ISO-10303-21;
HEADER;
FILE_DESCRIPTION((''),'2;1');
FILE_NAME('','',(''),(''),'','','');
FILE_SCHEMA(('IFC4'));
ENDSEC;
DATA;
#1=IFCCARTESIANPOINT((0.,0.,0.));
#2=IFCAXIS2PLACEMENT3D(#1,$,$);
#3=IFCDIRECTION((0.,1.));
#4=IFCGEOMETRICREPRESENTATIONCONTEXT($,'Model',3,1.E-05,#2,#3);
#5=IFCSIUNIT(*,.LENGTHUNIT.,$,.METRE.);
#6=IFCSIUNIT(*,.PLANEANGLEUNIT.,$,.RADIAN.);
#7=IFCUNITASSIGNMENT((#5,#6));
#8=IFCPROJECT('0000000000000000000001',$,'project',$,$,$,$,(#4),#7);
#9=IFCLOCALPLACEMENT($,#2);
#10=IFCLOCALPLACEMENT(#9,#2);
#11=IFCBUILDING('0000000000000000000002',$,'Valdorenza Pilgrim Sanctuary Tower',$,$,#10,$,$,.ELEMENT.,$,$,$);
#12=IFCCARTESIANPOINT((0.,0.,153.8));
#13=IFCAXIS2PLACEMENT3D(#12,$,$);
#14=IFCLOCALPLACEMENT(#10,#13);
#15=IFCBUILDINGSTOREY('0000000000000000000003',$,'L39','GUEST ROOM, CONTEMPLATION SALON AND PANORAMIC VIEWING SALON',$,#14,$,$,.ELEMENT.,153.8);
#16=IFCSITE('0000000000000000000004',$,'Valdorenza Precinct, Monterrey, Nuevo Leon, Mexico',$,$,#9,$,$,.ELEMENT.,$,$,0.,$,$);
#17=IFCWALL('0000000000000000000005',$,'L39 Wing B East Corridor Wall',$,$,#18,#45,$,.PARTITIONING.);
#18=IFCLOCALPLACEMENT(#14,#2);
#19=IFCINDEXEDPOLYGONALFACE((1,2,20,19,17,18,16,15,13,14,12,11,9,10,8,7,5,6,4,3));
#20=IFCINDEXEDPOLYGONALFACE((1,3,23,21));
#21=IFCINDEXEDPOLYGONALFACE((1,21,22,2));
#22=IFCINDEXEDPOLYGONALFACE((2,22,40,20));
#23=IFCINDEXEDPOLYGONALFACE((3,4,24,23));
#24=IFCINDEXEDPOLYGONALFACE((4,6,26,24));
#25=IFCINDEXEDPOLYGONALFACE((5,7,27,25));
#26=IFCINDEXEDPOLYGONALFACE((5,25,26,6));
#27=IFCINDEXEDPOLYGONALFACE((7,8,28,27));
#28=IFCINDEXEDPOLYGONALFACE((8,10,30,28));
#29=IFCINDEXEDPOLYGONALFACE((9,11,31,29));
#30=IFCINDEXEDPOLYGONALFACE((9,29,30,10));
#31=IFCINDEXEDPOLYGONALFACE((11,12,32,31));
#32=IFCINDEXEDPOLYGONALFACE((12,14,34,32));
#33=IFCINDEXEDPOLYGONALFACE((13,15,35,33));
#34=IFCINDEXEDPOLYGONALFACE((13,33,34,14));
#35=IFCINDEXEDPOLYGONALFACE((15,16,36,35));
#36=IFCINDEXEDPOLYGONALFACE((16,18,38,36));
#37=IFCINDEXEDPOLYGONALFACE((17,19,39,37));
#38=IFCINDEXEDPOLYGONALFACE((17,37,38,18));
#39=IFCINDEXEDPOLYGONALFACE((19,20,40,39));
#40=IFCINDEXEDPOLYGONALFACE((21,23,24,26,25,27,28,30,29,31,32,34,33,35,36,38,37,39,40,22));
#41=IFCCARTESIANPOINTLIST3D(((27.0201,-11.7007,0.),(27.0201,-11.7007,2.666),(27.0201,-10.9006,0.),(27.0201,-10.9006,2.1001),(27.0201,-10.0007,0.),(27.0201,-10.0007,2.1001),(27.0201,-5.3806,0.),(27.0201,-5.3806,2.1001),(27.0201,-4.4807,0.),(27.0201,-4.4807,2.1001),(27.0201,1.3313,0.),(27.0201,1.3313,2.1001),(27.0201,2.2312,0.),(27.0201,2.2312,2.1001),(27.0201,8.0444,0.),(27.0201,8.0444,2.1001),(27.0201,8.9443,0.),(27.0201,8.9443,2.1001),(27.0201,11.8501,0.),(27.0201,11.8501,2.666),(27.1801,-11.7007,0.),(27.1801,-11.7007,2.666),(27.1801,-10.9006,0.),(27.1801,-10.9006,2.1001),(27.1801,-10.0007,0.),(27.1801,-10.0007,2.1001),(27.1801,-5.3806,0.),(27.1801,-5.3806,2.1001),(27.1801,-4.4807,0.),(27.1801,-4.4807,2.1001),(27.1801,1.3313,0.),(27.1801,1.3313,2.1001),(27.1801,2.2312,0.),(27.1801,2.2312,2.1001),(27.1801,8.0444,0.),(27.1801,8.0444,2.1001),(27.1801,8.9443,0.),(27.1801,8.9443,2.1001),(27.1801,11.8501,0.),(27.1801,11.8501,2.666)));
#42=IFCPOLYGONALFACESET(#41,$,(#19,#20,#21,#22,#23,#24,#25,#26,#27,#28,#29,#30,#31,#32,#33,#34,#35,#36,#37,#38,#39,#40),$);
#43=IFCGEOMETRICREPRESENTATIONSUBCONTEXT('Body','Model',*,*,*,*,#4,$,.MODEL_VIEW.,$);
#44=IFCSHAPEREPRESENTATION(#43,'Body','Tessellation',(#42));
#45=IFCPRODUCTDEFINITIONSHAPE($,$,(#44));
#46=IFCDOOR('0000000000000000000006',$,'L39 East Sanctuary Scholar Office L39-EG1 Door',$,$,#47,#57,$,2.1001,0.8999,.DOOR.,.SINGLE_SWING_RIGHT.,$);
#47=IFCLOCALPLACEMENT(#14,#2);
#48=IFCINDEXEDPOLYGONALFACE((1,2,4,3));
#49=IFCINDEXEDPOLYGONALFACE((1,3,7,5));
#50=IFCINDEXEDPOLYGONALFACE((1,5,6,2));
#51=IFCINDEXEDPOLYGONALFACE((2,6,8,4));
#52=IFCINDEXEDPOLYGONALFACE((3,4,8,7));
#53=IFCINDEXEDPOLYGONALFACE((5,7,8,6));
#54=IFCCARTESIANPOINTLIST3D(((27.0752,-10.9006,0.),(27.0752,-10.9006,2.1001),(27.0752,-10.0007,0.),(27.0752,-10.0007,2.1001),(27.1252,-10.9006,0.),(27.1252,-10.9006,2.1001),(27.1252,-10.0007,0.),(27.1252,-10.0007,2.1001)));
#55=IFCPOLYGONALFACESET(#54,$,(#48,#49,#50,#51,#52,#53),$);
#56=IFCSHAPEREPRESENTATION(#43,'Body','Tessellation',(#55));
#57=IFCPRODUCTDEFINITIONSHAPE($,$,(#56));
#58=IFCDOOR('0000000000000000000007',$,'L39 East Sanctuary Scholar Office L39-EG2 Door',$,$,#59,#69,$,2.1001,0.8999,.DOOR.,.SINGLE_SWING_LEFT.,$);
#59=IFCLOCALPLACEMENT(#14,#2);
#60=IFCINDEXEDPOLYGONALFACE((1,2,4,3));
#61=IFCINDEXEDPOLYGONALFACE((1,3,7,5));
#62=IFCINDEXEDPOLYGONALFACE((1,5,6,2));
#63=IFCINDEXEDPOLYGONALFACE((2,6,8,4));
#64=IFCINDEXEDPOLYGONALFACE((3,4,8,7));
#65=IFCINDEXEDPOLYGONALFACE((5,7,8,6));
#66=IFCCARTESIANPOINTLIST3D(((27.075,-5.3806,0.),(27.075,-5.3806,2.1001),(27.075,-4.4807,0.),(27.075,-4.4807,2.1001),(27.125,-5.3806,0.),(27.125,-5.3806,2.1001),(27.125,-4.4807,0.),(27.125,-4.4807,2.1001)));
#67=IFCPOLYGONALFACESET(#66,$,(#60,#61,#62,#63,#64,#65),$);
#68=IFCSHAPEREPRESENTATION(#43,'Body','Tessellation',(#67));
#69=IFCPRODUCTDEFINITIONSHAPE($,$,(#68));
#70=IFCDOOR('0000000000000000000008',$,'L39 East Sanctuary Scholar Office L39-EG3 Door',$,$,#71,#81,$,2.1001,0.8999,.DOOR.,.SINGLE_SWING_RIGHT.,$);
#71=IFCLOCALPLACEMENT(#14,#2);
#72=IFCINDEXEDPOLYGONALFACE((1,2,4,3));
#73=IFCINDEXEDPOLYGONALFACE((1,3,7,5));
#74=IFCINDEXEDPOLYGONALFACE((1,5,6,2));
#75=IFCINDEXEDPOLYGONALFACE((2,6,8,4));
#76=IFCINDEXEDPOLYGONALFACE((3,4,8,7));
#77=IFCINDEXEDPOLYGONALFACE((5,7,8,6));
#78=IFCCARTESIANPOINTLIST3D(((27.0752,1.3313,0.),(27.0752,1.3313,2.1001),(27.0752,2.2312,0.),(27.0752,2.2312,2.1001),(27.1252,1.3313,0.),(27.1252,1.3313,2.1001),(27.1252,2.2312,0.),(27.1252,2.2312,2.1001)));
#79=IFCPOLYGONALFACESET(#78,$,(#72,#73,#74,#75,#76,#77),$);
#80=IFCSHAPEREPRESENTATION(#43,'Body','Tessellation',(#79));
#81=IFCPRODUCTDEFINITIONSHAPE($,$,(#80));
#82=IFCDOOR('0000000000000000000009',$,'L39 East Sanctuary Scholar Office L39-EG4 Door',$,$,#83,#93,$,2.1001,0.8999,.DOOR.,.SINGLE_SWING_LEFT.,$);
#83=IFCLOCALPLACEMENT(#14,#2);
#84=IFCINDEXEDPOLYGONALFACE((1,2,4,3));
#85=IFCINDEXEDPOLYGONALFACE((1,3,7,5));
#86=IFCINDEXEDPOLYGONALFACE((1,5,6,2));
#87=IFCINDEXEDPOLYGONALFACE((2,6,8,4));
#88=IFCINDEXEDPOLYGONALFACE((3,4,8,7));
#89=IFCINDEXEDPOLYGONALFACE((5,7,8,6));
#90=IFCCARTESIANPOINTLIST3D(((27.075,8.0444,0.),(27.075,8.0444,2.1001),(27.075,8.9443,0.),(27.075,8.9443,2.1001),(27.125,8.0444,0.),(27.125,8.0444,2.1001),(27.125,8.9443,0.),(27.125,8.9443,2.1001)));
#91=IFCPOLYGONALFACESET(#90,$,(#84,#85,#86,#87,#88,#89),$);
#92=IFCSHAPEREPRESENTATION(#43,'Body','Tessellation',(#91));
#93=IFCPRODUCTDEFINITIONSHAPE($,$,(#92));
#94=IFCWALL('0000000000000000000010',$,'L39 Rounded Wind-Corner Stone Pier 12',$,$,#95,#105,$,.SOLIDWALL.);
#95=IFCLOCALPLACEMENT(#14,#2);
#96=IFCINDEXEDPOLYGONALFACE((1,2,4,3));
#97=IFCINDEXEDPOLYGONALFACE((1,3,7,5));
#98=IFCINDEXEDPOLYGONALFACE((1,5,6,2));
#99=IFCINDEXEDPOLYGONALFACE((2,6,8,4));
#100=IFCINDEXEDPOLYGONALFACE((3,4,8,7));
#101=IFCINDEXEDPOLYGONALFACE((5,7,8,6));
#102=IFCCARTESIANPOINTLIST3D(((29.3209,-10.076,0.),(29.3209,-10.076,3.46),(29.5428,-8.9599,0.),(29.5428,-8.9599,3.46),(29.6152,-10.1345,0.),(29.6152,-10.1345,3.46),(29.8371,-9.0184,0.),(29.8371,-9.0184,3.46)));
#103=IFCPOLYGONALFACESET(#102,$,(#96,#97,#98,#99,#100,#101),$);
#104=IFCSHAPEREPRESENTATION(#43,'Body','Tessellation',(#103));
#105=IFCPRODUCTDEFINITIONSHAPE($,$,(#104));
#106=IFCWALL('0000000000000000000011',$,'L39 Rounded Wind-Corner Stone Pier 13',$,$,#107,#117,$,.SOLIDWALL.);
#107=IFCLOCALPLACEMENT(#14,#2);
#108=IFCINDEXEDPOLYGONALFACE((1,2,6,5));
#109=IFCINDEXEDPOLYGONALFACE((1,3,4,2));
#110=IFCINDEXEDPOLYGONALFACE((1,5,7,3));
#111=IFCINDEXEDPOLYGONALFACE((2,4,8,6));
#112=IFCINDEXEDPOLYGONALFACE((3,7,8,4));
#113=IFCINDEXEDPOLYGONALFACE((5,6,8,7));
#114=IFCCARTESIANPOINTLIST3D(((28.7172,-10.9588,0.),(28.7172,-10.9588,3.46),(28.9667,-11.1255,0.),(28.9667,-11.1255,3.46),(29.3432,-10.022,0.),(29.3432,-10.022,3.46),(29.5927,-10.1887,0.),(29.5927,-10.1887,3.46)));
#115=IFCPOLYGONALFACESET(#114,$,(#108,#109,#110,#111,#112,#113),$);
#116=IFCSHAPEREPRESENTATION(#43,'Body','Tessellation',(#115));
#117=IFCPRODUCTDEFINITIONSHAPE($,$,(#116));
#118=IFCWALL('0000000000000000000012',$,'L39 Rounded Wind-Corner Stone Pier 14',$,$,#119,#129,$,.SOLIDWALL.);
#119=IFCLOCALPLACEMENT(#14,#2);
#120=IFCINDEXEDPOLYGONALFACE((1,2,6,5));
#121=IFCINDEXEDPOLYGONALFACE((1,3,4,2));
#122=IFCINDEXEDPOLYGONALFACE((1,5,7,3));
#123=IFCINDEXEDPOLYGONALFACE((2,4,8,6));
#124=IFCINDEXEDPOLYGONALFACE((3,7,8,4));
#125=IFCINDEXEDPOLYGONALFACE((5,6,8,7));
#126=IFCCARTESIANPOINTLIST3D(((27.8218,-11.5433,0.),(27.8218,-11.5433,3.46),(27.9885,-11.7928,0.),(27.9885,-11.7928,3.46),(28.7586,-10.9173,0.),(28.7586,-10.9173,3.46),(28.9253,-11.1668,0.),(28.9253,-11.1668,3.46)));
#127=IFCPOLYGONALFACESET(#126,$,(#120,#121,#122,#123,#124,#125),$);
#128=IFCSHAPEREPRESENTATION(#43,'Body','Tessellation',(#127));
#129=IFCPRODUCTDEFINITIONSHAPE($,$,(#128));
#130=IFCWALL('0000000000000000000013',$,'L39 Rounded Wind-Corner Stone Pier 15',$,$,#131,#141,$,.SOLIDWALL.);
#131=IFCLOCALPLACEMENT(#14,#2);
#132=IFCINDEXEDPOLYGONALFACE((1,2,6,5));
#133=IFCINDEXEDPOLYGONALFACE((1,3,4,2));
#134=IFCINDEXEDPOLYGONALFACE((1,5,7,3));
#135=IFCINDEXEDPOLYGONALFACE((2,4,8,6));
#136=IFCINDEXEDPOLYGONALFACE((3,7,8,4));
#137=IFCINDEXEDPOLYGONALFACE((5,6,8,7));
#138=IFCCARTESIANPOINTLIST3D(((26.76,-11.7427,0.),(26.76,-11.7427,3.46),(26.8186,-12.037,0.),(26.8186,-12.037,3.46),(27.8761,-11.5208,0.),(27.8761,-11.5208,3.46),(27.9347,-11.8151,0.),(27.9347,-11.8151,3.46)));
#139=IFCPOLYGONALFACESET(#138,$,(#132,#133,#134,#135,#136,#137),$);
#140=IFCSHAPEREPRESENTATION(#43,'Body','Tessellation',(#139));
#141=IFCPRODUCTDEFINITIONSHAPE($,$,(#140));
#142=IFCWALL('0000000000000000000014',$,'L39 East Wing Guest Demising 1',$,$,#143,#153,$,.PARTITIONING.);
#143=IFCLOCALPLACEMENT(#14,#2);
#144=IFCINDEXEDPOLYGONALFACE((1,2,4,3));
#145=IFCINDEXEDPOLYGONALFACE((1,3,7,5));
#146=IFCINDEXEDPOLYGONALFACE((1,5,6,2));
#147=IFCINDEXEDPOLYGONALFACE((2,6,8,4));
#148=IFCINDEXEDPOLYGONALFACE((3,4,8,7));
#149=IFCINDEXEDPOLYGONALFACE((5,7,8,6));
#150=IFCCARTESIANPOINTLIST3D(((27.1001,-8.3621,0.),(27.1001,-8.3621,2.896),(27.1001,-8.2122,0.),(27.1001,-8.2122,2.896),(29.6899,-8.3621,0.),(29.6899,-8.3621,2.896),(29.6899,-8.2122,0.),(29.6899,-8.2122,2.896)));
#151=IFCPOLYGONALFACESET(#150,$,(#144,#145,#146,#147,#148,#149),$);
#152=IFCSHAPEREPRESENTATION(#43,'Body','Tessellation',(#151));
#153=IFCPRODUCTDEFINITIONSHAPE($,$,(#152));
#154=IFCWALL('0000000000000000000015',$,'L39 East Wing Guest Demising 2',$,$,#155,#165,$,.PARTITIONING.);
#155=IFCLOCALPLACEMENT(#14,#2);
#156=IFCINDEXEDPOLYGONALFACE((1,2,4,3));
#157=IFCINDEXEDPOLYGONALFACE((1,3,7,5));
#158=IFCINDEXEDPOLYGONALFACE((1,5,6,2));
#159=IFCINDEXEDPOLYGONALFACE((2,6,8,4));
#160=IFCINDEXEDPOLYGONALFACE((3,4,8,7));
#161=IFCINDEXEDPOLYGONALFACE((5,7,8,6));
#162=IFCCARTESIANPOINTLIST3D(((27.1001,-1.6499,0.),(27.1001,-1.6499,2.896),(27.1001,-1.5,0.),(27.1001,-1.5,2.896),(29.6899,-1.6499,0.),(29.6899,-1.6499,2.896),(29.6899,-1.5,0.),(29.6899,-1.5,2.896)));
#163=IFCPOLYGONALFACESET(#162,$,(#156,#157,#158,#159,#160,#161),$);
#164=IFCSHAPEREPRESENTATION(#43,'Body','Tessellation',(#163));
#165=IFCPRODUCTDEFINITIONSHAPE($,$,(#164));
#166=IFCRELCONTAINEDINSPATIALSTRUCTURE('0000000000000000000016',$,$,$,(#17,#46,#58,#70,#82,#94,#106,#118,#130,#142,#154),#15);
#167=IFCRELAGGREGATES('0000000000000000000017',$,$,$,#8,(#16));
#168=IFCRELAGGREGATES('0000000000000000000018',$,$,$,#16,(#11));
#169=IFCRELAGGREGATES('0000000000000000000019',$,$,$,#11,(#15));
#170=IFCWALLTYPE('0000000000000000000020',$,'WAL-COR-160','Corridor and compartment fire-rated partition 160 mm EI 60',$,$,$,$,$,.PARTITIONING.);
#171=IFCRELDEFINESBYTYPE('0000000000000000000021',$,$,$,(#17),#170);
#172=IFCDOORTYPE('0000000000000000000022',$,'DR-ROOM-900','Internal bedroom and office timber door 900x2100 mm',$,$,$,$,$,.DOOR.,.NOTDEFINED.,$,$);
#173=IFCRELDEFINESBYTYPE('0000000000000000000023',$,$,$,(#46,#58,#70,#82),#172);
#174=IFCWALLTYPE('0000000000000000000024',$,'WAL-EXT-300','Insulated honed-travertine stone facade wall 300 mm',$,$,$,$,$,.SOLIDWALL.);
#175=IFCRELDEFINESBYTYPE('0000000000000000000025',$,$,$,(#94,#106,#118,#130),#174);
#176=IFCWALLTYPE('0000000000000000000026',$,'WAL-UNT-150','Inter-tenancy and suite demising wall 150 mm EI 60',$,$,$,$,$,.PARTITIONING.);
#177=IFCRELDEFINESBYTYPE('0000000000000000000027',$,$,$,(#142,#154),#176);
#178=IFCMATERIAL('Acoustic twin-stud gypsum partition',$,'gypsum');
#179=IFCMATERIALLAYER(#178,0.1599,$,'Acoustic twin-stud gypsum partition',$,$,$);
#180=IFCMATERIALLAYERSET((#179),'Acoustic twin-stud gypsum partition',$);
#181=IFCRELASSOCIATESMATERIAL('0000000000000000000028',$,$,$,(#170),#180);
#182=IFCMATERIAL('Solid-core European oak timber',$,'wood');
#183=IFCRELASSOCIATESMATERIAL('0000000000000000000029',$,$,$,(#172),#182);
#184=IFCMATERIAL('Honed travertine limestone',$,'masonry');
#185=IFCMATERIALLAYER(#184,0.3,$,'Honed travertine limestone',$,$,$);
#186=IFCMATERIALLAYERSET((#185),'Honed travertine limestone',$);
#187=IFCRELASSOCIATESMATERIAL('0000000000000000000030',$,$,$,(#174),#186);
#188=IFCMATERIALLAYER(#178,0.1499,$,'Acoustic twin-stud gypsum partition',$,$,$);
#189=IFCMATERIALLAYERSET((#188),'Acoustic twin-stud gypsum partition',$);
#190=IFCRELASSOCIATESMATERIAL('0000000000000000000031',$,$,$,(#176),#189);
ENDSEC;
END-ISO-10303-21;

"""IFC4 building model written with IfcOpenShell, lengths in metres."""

from ifc_helpers import new_model, si_unit, direction, frame, frame_2d, origin, place, context, subcontext, project, spatial, rectangle, extrude, material, layer, layer_set, type_object, element, fill, save


model = new_model("IFC4")

# Units and contexts
model_context = context("Model", 3, precision=1e-05, world=origin(), true_north=direction((0.0, 1.0)))
body_context = subcontext(model_context, "Body", "Model", "MODEL_VIEW")
ifc_project = project(units=[si_unit("LENGTHUNIT", "METRE"), si_unit("PLANEANGLEUNIT", "RADIAN")], contexts=[model_context])

# Site, building, storey
site_placement = place(None, origin())
site = spatial("IfcSite", under=ifc_project, at=site_placement, Name="Valdorenza Precinct, Monterrey, Nuevo Leon, Mexico", CompositionType="ELEMENT", RefElevation=0.0)
building_placement = place(site_placement, origin())
building = spatial("IfcBuilding", under=site, at=building_placement, Name="Valdorenza Pilgrim Sanctuary Tower", CompositionType="ELEMENT")
storey_placement = place(building_placement, frame((0.0, 0.0, 153.8)))
storey = spatial("IfcBuildingStorey", under=building, at=storey_placement, Name="L39", Description="GUEST ROOM, CONTEMPLATION SALON AND PANORAMIC VIEWING SALON", CompositionType="ELEMENT", Elevation=153.8)

# Shared definitions
ifc_material_1 = material(Name="Honed travertine limestone", Category="masonry")

# Shared definitions
ifc_material_2 = material(Name="Acoustic twin-stud gypsum partition", Category="gypsum")
ifc_layer_1 = layer(ifc_material_2, 0.1599, Name="Acoustic twin-stud gypsum partition")
ifc_layer_set_1 = layer_set([ifc_layer_1], Name="Acoustic twin-stud gypsum partition")
wall_type_1 = type_object("IfcWallType", Name="WAL-COR-160", Description="Corridor and compartment fire-rated partition 160 mm EI 60", PredefinedType="PARTITIONING", material=ifc_layer_set_1)
ifc_material_3 = material(Name="Solid-core European oak timber", Category="wood")
door_type = type_object("IfcDoorType", Name="DR-ROOM-900", Description="Internal bedroom and office timber door 900x2100 mm", OperationType="NOTDEFINED", PredefinedType="DOOR", material=ifc_material_3)

# Wall, openings, doors
wall_1_placement = place(storey_placement, frame((27.1001, -11.7007, 0.0), z_axis=(0.0, 0.0, 1.0), x_axis=(0.0, 1.0, 0.0)))
wall_1 = element("IfcWall", 1, at=wall_1_placement, inside=storey, type_object=wall_type_1, Name="L39 Wing B East Corridor Wall", PredefinedType="PARTITIONING", context=body_context, shape_type="SweptSolid", body=[
    extrude(rectangle(XDim=23.5508, YDim=0.1599, at=frame_2d((11.7754, 0.0))), origin(), (0.0, 0.0, 1.0), 2.666),
])
opening_1_placement = place(wall_1_placement, frame((0.8, 0.0, 0.0)))
opening_1 = element("IfcOpeningElement", 2, at=opening_1_placement, cuts=wall_1, PredefinedType="OPENING", context=body_context, shape_type="SweptSolid", body=[
    extrude(rectangle(XDim=0.8999, YDim=2.1001, at=frame_2d((0.45, 1.05))), frame((0.0, 0.0947, 0.0), z_axis=(0.0, -1.0, 0.0), x_axis=(1.0, 0.0, 0.0)), (0.0, 0.0, 1.0), 0.1897),
])
opening_2_placement = place(wall_1_placement, frame((6.3201, 0.0, 0.0)))
opening_2 = element("IfcOpeningElement", 3, at=opening_2_placement, cuts=wall_1, PredefinedType="OPENING", context=body_context, shape_type="SweptSolid", body=[
    extrude(rectangle(XDim=0.8999, YDim=2.1001, at=frame_2d((0.45, 1.05))), frame((0.0, 0.0947, 0.0), z_axis=(0.0, -1.0, 0.0), x_axis=(1.0, 0.0, 0.0)), (0.0, 0.0, 1.0), 0.1897),
])
opening_3_placement = place(wall_1_placement, frame((13.032, 0.0, 0.0)))
opening_3 = element("IfcOpeningElement", 4, at=opening_3_placement, cuts=wall_1, PredefinedType="OPENING", context=body_context, shape_type="SweptSolid", body=[
    extrude(rectangle(XDim=0.8999, YDim=2.1001, at=frame_2d((0.45, 1.05))), frame((0.0, 0.0947, 0.0), z_axis=(0.0, -1.0, 0.0), x_axis=(1.0, 0.0, 0.0)), (0.0, 0.0, 1.0), 0.1897),
])
opening_4_placement = place(wall_1_placement, frame((19.7451, 0.0, 0.0)))
opening_4 = element("IfcOpeningElement", 5, at=opening_4_placement, cuts=wall_1, PredefinedType="OPENING", context=body_context, shape_type="SweptSolid", body=[
    extrude(rectangle(XDim=0.8999, YDim=2.1001, at=frame_2d((0.45, 1.05))), frame((0.0, 0.0947, 0.0), z_axis=(0.0, -1.0, 0.0), x_axis=(1.0, 0.0, 0.0)), (0.0, 0.0, 1.0), 0.1897),
])
door_1_placement = place(opening_1_placement, origin())
door_1 = element("IfcDoor", 6, at=door_1_placement, inside=storey, type_object=door_type, Name="L39 East Sanctuary Scholar Office L39-EG1 Door", OperationType="SINGLE_SWING_RIGHT", OverallHeight=2.1001, OverallWidth=0.8999, PredefinedType="DOOR", context=body_context, shape_type="SweptSolid", body=[
    extrude(rectangle(XDim=0.8999, YDim=2.1001, at=frame_2d((0.45, 1.05))), frame((0.0, 0.0249, 0.0), z_axis=(0.0, -1.0, 0.0), x_axis=(1.0, 0.0, 0.0)), (0.0, 0.0, 1.0), 0.05),
])
fill(opening_1, door_1)
door_2_placement = place(opening_2_placement, frame((0.8999, 0.0, 0.0), z_axis=(0.0, 0.0, 1.0), x_axis=(-1.0, 0.0, 0.0)))
door_2 = element("IfcDoor", 7, at=door_2_placement, inside=storey, type_object=door_type, Name="L39 East Sanctuary Scholar Office L39-EG2 Door", OperationType="SINGLE_SWING_LEFT", OverallHeight=2.1001, OverallWidth=0.8999, PredefinedType="DOOR", context=body_context, shape_type="SweptSolid", body=[
    extrude(rectangle(XDim=0.8999, YDim=2.1001, at=frame_2d((0.45, 1.05))), frame((0.0, 0.0249, 0.0), z_axis=(0.0, -1.0, 0.0), x_axis=(1.0, 0.0, 0.0)), (0.0, 0.0, 1.0), 0.05),
])
fill(opening_2, door_2)
door_3_placement = place(opening_3_placement, origin())
door_3 = element("IfcDoor", 8, at=door_3_placement, inside=storey, type_object=door_type, Name="L39 East Sanctuary Scholar Office L39-EG3 Door", OperationType="SINGLE_SWING_RIGHT", OverallHeight=2.1001, OverallWidth=0.8999, PredefinedType="DOOR", context=body_context, shape_type="SweptSolid", body=[
    extrude(rectangle(XDim=0.8999, YDim=2.1001, at=frame_2d((0.45, 1.05))), frame((0.0, 0.0249, 0.0), z_axis=(0.0, -1.0, 0.0), x_axis=(1.0, 0.0, 0.0)), (0.0, 0.0, 1.0), 0.05),
])
fill(opening_3, door_3)
door_4_placement = place(opening_4_placement, frame((0.8999, 0.0, 0.0), z_axis=(0.0, 0.0, 1.0), x_axis=(-1.0, 0.0, 0.0)))
door_4 = element("IfcDoor", 9, at=door_4_placement, inside=storey, type_object=door_type, Name="L39 East Sanctuary Scholar Office L39-EG4 Door", OperationType="SINGLE_SWING_LEFT", OverallHeight=2.1001, OverallWidth=0.8999, PredefinedType="DOOR", context=body_context, shape_type="SweptSolid", body=[
    extrude(rectangle(XDim=0.8999, YDim=2.1001, at=frame_2d((0.45, 1.05))), frame((0.0, 0.0249, 0.0), z_axis=(0.0, -1.0, 0.0), x_axis=(1.0, 0.0, 0.0)), (0.0, 0.0, 1.0), 0.05),
])
fill(opening_4, door_4)

# Walls
ifc_layer_2 = layer(ifc_material_1, 0.3, Name="Honed travertine limestone")
ifc_layer_set_2 = layer_set([ifc_layer_2], Name="Honed travertine limestone")
wall_type_2 = type_object("IfcWallType", Name="WAL-EXT-300", Description="Insulated honed-travertine stone facade wall 300 mm", PredefinedType="SOLIDWALL", material=ifc_layer_set_2)
wall_2_placement = place(storey_placement, frame((29.6899, -8.9893, 0.0), z_axis=(0.0, 0.0, 1.0), x_axis=(-0.195043, -0.980795, 0.0)))
element("IfcWall", 10, at=wall_2_placement, inside=storey, type_object=wall_type_2, Name="L39 Rounded Wind-Corner Stone Pier 12", PredefinedType="SOLIDWALL", context=body_context, shape_type="SweptSolid", body=[
    extrude(rectangle(XDim=1.1379, YDim=0.3, at=frame_2d((0.5688, 0.0))), origin(), (0.0, 0.0, 1.0), 3.46),
])
for number, where, z_axis, x_axis, name in (
    (11, (29.468, -10.1052, 0.0), (0.0, 0.0, 1.0), (-0.5556, -0.83145, 0.0), "L39 Rounded Wind-Corner Stone Pier 13"),
    (12, (28.842, -11.042, 0.0), (0.0, 0.0, 1.0), (-0.83145, -0.5556, 0.0), "L39 Rounded Wind-Corner Stone Pier 14"),
):
    element("IfcWall", number, at=place(storey_placement, frame(where, z_axis=z_axis, x_axis=x_axis)), inside=storey, type_object=wall_type_2, Name=name, PredefinedType="SOLIDWALL", context=body_context, shape_type="SweptSolid", body=[
        extrude(rectangle(XDim=1.1267, YDim=0.3, at=frame_2d((0.5635, 0.0))), origin(), (0.0, 0.0, 1.0), 3.46),
    ])
wall_3_placement = place(storey_placement, frame((27.9053, -11.668, 0.0), z_axis=(0.0, 0.0, 1.0), x_axis=(-0.980795, -0.195043, 0.0)))
element("IfcWall", 13, at=wall_3_placement, inside=storey, type_object=wall_type_2, Name="L39 Rounded Wind-Corner Stone Pier 15", PredefinedType="SOLIDWALL", context=body_context, shape_type="SweptSolid", body=[
    extrude(rectangle(XDim=1.1379, YDim=0.3, at=frame_2d((0.5688, 0.0))), origin(), (0.0, 0.0, 1.0), 3.46),
])
ifc_layer_3 = layer(ifc_material_2, 0.1499, Name="Acoustic twin-stud gypsum partition")
ifc_layer_set_3 = layer_set([ifc_layer_3], Name="Acoustic twin-stud gypsum partition")
wall_type_3 = type_object("IfcWallType", Name="WAL-UNT-150", Description="Inter-tenancy and suite demising wall 150 mm EI 60", PredefinedType="PARTITIONING", material=ifc_layer_set_3)
for number, where, z_axis, x_axis, name in (
    (14, (27.1001, -8.2871, 0.0), (0.0, 0.0, 1.0), (1.0, 0.0, 0.0), "L39 East Wing Guest Demising 1"),
    (15, (27.1001, -1.575, 0.0), (0.0, 0.0, 1.0), (1.0, 0.0, 0.0), "L39 East Wing Guest Demising 2"),
):
    element("IfcWall", number, at=place(storey_placement, frame(where, z_axis=z_axis, x_axis=x_axis)), inside=storey, type_object=wall_type_3, Name=name, PredefinedType="PARTITIONING", context=body_context, shape_type="SweptSolid", body=[
        extrude(rectangle(XDim=2.5898, YDim=0.1499, at=frame_2d((1.2949, 0.0))), origin(), (0.0, 0.0, 1.0), 2.896),
    ])

save(model, "model.ifc")
